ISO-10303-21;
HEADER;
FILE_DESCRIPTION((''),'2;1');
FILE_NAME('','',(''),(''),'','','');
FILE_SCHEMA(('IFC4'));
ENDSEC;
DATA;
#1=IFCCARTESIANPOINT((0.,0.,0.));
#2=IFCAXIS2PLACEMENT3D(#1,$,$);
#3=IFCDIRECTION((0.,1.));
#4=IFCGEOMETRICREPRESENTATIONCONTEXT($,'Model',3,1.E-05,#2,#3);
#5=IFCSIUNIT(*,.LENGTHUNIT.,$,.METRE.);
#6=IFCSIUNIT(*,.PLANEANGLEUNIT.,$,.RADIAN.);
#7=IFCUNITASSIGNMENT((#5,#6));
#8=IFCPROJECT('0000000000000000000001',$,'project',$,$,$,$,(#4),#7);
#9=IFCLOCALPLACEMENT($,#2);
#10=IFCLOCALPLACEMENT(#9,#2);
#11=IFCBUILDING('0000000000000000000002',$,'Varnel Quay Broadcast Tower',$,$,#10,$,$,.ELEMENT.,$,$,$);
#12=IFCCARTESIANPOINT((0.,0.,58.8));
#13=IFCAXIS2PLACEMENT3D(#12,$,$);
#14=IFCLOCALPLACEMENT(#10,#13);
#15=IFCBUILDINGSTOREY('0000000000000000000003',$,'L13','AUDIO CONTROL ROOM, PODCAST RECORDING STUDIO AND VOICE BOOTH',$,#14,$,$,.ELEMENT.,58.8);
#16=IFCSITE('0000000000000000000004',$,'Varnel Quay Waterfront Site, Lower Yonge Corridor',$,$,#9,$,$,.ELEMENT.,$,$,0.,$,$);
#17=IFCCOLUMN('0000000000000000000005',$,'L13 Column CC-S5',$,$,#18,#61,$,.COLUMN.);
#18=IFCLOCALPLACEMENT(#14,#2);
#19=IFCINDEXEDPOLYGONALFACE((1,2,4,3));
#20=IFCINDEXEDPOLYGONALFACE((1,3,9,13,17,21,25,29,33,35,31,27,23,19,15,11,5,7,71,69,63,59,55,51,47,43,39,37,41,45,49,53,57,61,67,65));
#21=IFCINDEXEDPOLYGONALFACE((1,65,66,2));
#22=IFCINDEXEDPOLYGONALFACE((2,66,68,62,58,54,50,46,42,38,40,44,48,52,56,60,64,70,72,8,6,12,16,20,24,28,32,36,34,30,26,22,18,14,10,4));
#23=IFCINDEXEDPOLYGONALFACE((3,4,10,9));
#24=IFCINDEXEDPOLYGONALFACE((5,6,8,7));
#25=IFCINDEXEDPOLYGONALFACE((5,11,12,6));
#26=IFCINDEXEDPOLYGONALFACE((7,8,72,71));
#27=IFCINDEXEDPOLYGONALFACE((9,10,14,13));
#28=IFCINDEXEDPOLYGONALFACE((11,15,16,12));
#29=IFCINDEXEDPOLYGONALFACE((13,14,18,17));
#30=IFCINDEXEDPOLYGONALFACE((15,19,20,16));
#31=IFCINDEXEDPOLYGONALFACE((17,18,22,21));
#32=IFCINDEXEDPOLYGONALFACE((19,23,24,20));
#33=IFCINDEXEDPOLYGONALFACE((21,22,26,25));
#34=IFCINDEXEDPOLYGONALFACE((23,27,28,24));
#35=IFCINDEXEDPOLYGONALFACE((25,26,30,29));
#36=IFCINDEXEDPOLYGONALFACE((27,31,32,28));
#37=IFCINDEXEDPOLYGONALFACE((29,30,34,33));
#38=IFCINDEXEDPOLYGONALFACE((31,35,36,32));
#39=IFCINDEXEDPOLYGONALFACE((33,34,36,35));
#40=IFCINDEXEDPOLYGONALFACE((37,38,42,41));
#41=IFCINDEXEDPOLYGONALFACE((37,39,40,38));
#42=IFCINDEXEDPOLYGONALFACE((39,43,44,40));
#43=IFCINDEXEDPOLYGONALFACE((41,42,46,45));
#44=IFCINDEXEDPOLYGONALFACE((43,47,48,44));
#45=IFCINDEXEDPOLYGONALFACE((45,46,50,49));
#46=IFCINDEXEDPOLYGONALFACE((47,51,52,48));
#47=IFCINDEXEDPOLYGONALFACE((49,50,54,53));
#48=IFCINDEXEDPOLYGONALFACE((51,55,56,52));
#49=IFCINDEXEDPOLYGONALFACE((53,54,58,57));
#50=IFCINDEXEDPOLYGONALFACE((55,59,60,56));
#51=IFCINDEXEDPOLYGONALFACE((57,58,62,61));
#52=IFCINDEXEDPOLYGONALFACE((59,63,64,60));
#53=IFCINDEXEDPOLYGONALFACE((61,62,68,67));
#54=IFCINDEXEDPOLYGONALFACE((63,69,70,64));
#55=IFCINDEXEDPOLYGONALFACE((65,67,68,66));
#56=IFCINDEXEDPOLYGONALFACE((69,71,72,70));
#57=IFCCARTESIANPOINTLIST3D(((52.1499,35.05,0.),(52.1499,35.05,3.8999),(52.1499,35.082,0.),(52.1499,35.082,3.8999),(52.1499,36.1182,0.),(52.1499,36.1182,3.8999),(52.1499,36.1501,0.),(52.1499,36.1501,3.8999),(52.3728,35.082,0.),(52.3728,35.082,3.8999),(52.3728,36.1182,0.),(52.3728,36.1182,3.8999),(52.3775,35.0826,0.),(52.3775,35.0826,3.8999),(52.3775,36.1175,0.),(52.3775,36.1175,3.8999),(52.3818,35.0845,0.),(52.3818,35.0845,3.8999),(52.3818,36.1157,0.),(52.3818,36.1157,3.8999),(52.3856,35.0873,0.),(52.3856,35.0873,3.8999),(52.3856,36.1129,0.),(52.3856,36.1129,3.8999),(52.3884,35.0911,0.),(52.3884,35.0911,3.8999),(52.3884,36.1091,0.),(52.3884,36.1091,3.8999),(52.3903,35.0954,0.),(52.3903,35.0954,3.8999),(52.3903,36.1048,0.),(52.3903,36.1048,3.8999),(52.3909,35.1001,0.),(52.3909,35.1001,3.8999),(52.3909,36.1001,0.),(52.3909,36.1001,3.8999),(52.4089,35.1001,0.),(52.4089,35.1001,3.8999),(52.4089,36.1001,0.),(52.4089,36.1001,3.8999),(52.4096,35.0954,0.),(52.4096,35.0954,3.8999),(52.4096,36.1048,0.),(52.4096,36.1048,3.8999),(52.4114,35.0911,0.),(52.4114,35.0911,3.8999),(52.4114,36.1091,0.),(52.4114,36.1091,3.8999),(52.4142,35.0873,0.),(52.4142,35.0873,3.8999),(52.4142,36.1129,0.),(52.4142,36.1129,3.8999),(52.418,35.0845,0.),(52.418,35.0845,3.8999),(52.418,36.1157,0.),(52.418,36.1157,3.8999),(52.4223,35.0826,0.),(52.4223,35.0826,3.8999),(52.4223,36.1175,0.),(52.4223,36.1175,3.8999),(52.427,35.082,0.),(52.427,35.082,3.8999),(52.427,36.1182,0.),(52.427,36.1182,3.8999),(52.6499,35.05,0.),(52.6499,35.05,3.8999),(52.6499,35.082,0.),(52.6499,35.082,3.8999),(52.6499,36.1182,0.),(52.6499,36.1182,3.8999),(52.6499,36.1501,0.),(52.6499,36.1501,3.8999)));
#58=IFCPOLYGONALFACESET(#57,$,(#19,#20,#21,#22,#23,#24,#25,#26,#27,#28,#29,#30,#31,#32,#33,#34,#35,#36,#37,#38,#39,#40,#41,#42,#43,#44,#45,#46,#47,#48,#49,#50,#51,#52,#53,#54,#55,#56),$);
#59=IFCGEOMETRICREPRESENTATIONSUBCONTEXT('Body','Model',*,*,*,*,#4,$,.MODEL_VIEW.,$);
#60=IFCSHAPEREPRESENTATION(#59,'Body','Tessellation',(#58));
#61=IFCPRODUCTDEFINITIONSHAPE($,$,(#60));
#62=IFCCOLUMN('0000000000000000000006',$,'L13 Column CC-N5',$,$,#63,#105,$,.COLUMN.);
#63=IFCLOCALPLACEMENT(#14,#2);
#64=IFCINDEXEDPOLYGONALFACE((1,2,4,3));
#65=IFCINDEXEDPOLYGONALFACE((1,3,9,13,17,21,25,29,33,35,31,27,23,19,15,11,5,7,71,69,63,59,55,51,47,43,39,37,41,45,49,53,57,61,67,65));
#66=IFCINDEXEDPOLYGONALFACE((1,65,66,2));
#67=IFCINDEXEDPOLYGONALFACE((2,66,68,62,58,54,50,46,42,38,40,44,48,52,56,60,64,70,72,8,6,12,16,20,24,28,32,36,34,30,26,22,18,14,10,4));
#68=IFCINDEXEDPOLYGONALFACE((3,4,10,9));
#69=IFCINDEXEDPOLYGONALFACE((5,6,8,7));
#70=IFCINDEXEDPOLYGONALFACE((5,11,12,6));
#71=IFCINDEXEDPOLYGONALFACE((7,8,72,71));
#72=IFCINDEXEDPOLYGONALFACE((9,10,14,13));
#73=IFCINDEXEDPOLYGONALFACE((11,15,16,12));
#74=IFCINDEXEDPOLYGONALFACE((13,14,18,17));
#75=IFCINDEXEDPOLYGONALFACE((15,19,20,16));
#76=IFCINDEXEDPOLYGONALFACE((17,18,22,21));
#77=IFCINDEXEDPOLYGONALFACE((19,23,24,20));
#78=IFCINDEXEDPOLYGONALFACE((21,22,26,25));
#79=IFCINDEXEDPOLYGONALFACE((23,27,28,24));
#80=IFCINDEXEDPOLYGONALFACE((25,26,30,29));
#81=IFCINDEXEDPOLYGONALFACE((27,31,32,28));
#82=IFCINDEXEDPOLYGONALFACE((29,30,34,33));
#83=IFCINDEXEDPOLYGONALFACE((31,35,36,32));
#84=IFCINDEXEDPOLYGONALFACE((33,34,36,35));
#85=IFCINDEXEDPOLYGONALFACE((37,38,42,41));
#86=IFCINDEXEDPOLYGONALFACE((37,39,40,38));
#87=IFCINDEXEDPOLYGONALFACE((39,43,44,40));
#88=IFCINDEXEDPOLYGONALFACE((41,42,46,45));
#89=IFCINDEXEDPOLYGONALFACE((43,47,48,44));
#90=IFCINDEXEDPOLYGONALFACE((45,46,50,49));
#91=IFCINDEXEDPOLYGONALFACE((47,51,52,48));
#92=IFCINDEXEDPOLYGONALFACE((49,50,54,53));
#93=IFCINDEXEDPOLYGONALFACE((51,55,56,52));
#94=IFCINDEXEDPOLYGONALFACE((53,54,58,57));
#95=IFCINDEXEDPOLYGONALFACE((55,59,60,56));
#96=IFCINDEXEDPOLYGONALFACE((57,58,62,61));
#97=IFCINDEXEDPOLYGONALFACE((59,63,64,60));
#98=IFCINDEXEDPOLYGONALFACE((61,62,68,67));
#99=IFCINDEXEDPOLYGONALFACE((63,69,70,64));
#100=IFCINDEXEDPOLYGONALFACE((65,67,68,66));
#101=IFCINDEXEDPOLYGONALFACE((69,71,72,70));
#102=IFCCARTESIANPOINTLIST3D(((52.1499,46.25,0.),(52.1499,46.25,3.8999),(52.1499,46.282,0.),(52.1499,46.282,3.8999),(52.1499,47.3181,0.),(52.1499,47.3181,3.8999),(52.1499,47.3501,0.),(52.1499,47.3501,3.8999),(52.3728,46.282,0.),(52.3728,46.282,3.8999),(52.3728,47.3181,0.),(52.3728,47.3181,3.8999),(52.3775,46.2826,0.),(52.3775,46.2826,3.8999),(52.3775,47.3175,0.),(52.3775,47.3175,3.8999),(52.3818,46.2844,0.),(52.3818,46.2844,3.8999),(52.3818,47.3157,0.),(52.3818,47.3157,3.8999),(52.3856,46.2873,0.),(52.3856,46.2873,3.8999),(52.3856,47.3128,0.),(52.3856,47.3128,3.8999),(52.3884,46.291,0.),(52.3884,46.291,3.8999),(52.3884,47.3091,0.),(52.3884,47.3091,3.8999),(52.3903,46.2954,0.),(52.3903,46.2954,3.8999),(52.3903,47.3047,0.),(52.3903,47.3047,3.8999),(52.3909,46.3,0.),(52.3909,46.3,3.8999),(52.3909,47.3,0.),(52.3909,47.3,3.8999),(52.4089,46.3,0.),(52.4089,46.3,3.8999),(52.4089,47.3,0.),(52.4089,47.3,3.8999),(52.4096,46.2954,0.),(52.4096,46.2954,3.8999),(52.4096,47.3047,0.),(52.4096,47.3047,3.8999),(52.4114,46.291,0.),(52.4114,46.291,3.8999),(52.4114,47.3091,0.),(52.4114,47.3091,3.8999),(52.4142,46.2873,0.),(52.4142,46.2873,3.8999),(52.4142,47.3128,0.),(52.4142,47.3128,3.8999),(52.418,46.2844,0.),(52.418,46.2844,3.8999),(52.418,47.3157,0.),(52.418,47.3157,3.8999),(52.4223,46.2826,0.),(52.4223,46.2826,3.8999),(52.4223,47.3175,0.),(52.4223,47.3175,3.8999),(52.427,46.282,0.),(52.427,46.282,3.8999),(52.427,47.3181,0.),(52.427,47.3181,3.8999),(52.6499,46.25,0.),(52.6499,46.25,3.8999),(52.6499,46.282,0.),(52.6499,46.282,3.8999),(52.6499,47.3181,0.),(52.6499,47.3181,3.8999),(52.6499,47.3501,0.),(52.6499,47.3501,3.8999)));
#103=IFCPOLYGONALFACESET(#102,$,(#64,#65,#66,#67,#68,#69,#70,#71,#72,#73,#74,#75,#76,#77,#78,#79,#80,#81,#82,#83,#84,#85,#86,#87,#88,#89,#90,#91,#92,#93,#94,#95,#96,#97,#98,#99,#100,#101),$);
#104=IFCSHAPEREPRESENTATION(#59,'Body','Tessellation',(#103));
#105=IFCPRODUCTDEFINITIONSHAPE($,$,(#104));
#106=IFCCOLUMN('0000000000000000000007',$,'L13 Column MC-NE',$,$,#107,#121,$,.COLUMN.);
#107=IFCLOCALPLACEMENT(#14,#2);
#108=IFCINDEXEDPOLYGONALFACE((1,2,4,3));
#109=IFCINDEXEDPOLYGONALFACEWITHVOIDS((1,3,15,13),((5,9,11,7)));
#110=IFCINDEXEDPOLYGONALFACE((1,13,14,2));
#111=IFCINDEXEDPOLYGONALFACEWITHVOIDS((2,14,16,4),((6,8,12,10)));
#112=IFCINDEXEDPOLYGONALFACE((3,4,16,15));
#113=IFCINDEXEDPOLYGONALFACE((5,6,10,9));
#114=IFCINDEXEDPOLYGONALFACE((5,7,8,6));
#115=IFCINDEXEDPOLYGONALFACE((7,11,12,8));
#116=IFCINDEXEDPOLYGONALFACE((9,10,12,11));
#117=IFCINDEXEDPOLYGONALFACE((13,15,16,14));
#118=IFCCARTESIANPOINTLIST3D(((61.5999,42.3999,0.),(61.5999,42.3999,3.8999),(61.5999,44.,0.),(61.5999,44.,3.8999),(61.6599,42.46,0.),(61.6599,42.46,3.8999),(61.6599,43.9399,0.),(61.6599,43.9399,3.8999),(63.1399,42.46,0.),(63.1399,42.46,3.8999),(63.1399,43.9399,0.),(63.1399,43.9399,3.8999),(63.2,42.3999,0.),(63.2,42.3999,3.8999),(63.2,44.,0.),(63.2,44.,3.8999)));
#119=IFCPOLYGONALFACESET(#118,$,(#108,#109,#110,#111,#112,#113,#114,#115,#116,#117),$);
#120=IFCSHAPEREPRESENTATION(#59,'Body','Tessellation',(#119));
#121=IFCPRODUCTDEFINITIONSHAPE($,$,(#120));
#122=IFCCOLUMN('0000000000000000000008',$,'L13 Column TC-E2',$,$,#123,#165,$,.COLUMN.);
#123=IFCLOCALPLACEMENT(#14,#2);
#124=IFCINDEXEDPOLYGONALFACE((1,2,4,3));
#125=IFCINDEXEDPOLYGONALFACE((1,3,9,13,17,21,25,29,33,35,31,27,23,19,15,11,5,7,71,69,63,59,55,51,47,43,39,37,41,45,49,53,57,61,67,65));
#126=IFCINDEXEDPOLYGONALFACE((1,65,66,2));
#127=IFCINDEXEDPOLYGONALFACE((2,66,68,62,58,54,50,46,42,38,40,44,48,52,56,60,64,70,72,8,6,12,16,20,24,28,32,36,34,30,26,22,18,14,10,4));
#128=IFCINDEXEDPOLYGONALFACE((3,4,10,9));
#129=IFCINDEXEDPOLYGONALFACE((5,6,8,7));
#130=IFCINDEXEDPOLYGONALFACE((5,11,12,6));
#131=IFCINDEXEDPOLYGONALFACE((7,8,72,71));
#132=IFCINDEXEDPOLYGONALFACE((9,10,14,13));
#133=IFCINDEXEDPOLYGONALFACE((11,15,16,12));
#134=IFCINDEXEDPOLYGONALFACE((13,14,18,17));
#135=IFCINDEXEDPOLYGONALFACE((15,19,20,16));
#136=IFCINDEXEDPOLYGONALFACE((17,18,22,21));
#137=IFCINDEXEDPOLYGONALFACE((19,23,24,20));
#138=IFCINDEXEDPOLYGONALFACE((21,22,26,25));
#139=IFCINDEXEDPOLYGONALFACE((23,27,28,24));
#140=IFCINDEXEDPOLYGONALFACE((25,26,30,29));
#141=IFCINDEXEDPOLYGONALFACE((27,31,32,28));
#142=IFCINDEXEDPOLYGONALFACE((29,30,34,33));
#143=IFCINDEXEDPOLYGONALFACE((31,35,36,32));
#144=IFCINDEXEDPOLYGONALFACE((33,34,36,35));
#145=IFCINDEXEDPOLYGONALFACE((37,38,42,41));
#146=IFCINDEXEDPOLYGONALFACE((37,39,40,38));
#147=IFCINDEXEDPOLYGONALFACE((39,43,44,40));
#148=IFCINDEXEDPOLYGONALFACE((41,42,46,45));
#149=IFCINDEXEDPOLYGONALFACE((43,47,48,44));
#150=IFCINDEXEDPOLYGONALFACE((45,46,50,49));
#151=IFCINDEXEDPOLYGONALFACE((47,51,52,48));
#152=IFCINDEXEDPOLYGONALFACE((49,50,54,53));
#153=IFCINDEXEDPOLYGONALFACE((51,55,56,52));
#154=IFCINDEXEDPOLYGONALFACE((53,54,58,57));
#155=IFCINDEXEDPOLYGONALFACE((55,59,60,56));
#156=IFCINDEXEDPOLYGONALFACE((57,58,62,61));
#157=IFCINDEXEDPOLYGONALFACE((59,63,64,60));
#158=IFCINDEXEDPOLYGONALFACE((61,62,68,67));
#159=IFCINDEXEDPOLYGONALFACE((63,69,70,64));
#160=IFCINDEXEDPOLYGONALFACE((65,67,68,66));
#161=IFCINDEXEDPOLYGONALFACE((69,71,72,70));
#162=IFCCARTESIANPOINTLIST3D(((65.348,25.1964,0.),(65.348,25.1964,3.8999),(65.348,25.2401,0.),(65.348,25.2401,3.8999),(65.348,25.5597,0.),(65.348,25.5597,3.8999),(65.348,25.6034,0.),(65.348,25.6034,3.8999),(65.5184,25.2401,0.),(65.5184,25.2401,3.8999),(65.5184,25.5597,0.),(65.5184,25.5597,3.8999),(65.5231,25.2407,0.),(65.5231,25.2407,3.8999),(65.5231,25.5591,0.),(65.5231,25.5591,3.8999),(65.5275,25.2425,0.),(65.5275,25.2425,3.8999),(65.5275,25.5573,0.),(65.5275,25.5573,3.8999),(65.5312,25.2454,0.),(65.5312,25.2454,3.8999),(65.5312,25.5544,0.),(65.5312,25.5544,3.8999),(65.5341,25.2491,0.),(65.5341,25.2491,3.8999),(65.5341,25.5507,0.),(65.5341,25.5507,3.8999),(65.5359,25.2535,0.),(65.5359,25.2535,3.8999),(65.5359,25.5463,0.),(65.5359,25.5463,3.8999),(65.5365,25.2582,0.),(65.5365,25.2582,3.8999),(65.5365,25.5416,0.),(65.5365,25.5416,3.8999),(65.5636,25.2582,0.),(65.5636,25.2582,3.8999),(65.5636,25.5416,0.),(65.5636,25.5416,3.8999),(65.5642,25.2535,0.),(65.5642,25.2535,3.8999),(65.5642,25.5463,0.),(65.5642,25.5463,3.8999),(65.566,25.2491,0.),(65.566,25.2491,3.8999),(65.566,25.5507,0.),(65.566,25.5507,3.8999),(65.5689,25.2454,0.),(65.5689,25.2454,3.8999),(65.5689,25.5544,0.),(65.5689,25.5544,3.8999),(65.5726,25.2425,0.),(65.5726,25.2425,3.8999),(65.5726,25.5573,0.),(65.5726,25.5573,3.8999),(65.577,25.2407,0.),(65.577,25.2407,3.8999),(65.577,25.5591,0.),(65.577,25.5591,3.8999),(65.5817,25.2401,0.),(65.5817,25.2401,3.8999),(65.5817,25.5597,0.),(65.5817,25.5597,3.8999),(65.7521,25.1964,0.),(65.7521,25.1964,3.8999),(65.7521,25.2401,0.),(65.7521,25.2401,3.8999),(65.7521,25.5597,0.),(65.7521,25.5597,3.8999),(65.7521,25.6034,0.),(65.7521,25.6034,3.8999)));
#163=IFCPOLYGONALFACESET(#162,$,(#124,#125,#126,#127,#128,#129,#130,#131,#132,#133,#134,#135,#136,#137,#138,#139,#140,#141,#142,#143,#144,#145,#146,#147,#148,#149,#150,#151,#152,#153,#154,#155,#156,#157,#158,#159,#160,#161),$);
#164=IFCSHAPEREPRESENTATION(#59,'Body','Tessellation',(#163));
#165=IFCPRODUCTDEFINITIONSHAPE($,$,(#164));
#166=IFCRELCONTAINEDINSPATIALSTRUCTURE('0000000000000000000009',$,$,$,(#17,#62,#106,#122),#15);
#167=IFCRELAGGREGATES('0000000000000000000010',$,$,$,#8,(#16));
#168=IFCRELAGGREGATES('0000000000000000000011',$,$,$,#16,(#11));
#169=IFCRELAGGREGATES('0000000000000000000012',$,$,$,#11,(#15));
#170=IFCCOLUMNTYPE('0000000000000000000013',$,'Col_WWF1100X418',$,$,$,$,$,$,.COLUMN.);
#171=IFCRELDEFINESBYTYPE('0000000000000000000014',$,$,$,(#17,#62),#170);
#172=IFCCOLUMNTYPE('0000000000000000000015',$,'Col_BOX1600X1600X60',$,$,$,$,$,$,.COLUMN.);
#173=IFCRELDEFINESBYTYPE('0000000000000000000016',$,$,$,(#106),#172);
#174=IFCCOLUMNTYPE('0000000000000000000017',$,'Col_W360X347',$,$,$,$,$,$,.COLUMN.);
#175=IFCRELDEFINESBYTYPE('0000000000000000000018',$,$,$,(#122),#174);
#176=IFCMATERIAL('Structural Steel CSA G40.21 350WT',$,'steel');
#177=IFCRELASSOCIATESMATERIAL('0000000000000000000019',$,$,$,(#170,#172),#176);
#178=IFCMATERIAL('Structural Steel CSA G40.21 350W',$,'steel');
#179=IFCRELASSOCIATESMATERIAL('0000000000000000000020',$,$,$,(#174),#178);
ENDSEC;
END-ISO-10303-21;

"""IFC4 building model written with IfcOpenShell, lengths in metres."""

from ifc_helpers import new_model, si_unit, direction, frame, origin, origin_2d, place, context, subcontext, project, spatial, hollow_rectangle, i_section, extrude, source, transform, mapped, material, material_profile, profile_set, type_object, type_shapes, element, save


model = new_model("IFC4")

# Units and contexts
model_context = context("Model", 3, precision=1e-05, world=origin(), true_north=direction((0.0, 1.0)))
body_context = subcontext(model_context, "Body", "Model", "MODEL_VIEW")
ifc_project = project(units=[si_unit("LENGTHUNIT", "METRE"), si_unit("PLANEANGLEUNIT", "RADIAN")], contexts=[model_context])

# Site, building, storey
site_placement = place(None, origin())
site = spatial("IfcSite", under=ifc_project, at=site_placement, Name="Varnel Quay Waterfront Site, Lower Yonge Corridor", CompositionType="ELEMENT", RefElevation=0.0)
building_placement = place(site_placement, origin())
building = spatial("IfcBuilding", under=site, at=building_placement, Name="Varnel Quay Broadcast Tower", CompositionType="ELEMENT")
storey_placement = place(building_placement, frame((0.0, 0.0, 58.8)))
storey = spatial("IfcBuildingStorey", under=building, at=storey_placement, Name="L13", Description="AUDIO CONTROL ROOM, PODCAST RECORDING STUDIO AND VOICE BOOTH", CompositionType="ELEMENT", Elevation=58.8)

# Columns
ifc_material_1 = material(Name="Structural Steel CSA G40.21 350WT", Category="steel")
ifc_material_profile_1 = material_profile(ifc_material_1, i_section(OverallWidth=0.5, OverallDepth=1.1001, WebThickness=0.0181, FlangeThickness=0.032, FilletRadius=0.0181, at=origin_2d()), Name="WWF1100X418")
ifc_profile_set_1 = profile_set([ifc_material_profile_1], Name="Structural Steel CSA G40.21 350WT")
column_type_1 = type_object("IfcColumnType", Name="Col_WWF1100X418", PredefinedType="COLUMN", material=ifc_profile_set_1)
shared_shape_1 = source(origin(), body_context, "Body", "SweptSolid", [
    extrude(i_section(OverallWidth=0.5, OverallDepth=1.1001, WebThickness=0.0181, FlangeThickness=0.032, FilletRadius=0.0181, at=origin_2d()), origin(), (0.0, 0.0, 1.0), 3.8999),
])
type_shapes(column_type_1, [shared_shape_1])
for number, where, z_axis, x_axis, name in (
    (1, (52.3999, 35.6001, 0.0), (0.0, 0.0, 1.0), (1.0, 0.0, 0.0), "L13 Column CC-S5"),
    (2, (52.3999, 46.8, 0.0), (0.0, 0.0, 1.0), (1.0, 0.0, 0.0), "L13 Column CC-N5"),
):
    element("IfcColumn", number, at=place(storey_placement, frame(where, z_axis=z_axis, x_axis=x_axis)), inside=storey, type_object=column_type_1, Name=name, PredefinedType="COLUMN", context=body_context, shape_type="MappedRepresentation", body=[
        mapped(shared_shape_1, transform((0.0, 0.0, 0.0), x_axis=(1.0, 0.0, 0.0), y_axis=(0.0, 1.0, 0.0), z_axis=(0.0, 0.0, 1.0), scale=1.0)),
    ])
ifc_material_profile_2 = material_profile(ifc_material_1, hollow_rectangle(XDim=1.6001, YDim=1.6001, WallThickness=0.0601, at=origin_2d()), Name="BOX1600X1600X60")
ifc_profile_set_2 = profile_set([ifc_material_profile_2], Name="Structural Steel CSA G40.21 350WT")
column_type_2 = type_object("IfcColumnType", Name="Col_BOX1600X1600X60", PredefinedType="COLUMN", material=ifc_profile_set_2)
shared_shape_2 = source(origin(), body_context, "Body", "SweptSolid", [
    extrude(hollow_rectangle(XDim=1.6001, YDim=1.6001, WallThickness=0.0601, at=origin_2d()), origin(), (0.0, 0.0, 1.0), 3.8999),
])
type_shapes(column_type_2, [shared_shape_2])
column_placement = place(storey_placement, frame((62.3999, 43.2, 0.0), z_axis=(0.0, 0.0, 1.0), x_axis=(1.0, 0.0, 0.0)))
element("IfcColumn", 3, at=column_placement, inside=storey, type_object=column_type_2, Name="L13 Column MC-NE", PredefinedType="COLUMN", context=body_context, shape_type="MappedRepresentation", body=[
    mapped(shared_shape_2, transform((0.0, 0.0, 0.0), x_axis=(1.0, 0.0, 0.0), y_axis=(0.0, 1.0, 0.0), z_axis=(0.0, 0.0, 1.0), scale=1.0)),
])
ifc_material_2 = material(Name="Structural Steel CSA G40.21 350W", Category="steel")
ifc_material_profile_3 = material_profile(ifc_material_2, i_section(OverallWidth=0.4041, OverallDepth=0.407, WebThickness=0.0271, FlangeThickness=0.0437, FilletRadius=0.0181, at=origin_2d()), Name="W360X347")
ifc_profile_set_3 = profile_set([ifc_material_profile_3], Name="Structural Steel CSA G40.21 350W")
column_type_3 = type_object("IfcColumnType", Name="Col_W360X347", PredefinedType="COLUMN", material=ifc_profile_set_3)
shared_shape_3 = source(origin(), body_context, "Body", "SweptSolid", [
    extrude(i_section(OverallWidth=0.4041, OverallDepth=0.407, WebThickness=0.0271, FlangeThickness=0.0437, FilletRadius=0.0181, at=origin_2d()), origin(), (0.0, 0.0, 1.0), 3.8999),
])
type_shapes(column_type_3, [shared_shape_3])
for number, where, z_axis, x_axis, name in (
    (4, (65.55, 25.3999, 0.0), (0.0, 0.0, 1.0), (1.0, 0.0, 0.0), "L13 Column TC-E2"),
):
    element("IfcColumn", number, at=place(storey_placement, frame(where, z_axis=z_axis, x_axis=x_axis)), inside=storey, type_object=column_type_3, Name=name, PredefinedType="COLUMN", context=body_context, shape_type="MappedRepresentation", body=[
        mapped(shared_shape_3, transform((0.0, 0.0, 0.0), x_axis=(1.0, 0.0, 0.0), y_axis=(0.0, 1.0, 0.0), z_axis=(0.0, 0.0, 1.0), scale=1.0)),
    ])

save(model, "model.ifc")
